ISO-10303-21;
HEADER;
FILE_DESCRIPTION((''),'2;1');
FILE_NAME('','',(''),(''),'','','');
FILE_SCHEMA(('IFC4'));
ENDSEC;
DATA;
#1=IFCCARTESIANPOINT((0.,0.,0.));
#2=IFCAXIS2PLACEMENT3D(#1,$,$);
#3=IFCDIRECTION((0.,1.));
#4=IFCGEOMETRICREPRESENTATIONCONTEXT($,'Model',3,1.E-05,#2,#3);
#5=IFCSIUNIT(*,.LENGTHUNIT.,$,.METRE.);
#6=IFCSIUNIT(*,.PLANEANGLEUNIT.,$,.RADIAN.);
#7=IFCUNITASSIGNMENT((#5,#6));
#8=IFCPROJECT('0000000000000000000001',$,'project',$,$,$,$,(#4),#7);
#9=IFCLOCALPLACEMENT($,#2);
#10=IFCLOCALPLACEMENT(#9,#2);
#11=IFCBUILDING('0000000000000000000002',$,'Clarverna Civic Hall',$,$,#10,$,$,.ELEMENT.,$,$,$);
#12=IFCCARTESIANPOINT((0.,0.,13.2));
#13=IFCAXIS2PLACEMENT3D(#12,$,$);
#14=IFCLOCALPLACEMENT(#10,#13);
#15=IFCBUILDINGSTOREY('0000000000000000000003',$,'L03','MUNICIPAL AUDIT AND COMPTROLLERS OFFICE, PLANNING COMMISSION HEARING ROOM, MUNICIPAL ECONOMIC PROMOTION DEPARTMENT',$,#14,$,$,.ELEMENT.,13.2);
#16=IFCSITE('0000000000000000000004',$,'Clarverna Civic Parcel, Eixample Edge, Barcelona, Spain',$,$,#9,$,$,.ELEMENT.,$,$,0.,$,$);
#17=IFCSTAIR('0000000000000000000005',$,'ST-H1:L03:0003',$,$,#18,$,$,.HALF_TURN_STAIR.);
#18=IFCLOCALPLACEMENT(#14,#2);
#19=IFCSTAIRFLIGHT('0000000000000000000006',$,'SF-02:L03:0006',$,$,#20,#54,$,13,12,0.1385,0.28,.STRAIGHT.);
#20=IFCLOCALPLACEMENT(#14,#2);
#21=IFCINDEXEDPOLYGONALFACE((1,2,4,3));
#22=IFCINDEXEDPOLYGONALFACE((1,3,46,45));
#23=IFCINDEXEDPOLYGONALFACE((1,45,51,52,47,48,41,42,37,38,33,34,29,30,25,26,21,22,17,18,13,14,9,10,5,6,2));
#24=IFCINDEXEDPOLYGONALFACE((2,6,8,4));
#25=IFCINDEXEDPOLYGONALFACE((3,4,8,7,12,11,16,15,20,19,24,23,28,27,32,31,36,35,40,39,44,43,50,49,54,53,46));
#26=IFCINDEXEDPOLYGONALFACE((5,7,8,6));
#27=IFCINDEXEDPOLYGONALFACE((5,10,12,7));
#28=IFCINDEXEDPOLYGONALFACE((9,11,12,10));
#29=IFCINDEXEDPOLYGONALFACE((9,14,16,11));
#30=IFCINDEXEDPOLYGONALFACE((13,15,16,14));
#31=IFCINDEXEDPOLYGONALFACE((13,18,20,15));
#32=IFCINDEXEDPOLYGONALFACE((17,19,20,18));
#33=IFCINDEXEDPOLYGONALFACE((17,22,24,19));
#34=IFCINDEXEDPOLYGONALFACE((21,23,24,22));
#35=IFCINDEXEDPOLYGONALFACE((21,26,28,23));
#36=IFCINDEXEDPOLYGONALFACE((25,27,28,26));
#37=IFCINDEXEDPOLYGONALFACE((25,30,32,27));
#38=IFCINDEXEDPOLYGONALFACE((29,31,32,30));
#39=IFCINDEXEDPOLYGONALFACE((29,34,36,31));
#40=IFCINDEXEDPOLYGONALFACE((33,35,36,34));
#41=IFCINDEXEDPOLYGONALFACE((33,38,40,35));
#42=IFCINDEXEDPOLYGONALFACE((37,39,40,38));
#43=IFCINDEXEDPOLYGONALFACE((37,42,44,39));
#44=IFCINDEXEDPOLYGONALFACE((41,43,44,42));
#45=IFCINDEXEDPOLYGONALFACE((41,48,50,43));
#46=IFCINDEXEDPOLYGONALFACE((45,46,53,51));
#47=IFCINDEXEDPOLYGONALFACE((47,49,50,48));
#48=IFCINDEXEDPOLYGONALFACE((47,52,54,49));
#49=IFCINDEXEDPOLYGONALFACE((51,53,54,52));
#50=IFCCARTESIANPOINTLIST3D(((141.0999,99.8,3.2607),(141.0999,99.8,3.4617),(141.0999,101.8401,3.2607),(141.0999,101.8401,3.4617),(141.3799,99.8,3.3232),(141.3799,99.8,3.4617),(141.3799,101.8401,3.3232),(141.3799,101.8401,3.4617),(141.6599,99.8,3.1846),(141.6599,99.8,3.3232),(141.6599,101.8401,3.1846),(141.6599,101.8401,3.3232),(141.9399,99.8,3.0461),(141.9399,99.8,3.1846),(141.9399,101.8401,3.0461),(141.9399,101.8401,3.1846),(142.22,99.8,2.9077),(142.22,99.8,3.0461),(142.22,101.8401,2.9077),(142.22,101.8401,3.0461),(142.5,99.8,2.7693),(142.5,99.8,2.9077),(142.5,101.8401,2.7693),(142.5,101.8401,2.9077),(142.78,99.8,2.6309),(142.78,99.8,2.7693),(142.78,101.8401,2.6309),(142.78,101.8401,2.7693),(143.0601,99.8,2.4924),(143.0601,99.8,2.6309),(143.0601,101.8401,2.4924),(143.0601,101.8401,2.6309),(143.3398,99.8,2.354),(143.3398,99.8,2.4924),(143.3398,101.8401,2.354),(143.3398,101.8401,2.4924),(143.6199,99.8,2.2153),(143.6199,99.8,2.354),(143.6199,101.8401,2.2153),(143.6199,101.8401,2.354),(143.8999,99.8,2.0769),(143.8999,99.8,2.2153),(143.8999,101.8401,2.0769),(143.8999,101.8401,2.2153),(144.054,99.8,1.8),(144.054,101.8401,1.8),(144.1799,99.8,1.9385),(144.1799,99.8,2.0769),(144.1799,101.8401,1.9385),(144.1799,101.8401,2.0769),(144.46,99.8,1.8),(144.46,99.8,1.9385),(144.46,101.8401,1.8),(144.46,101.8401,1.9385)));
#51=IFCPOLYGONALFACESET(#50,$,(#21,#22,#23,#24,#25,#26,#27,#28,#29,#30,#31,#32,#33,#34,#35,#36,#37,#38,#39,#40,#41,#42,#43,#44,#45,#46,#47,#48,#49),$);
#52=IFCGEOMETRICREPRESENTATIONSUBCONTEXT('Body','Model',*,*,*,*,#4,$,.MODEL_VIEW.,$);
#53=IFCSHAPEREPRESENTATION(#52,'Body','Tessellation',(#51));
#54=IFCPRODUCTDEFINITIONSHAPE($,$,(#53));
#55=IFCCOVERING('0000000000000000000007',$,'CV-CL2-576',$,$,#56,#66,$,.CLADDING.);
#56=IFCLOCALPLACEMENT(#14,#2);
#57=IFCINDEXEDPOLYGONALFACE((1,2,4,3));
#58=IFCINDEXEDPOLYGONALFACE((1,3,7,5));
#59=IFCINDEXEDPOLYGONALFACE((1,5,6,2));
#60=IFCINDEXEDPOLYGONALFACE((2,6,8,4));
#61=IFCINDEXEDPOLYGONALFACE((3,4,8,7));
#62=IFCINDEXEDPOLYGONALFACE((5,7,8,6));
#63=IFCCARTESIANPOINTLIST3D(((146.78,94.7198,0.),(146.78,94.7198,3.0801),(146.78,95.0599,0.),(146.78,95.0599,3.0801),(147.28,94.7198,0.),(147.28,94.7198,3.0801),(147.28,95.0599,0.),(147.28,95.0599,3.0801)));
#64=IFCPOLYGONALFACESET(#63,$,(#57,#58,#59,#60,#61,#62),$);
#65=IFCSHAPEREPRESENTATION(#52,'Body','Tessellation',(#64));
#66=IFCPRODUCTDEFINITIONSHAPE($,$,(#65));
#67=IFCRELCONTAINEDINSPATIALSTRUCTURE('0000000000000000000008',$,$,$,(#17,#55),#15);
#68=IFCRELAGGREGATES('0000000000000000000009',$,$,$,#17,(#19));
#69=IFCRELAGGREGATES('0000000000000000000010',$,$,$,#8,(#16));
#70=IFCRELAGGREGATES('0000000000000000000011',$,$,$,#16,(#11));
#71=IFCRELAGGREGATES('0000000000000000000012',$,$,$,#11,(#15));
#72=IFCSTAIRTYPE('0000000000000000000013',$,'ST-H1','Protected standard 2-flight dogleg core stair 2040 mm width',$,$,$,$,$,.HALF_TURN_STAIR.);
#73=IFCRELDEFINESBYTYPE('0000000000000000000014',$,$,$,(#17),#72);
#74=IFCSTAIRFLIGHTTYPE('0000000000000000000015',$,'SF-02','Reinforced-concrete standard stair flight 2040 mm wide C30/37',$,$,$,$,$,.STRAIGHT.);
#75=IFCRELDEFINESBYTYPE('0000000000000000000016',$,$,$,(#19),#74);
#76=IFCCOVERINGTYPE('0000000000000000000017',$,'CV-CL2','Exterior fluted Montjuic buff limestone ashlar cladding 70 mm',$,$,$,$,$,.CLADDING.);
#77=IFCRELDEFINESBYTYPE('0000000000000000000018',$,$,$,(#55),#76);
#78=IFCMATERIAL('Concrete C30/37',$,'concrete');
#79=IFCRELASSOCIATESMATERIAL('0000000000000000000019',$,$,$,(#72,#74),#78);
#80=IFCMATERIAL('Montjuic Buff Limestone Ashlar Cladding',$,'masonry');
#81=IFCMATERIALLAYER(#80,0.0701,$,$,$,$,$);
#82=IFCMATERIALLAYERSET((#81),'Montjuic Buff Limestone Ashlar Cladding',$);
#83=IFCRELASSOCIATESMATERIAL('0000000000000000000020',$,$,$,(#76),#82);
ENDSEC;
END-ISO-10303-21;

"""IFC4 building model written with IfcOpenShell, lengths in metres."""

from ifc_helpers import new_model, si_unit, direction, frame, frame_2d, origin, place, context, subcontext, project, spatial, polyline, rectangle, outline, extrude, material, layer, layer_set, type_object, element, aggregate, save


model = new_model("IFC4")

# Units and contexts
model_context = context("Model", 3, precision=1e-05, world=origin(), true_north=direction((0.0, 1.0)))
body_context = subcontext(model_context, "Body", "Model", "MODEL_VIEW")
ifc_project = project(units=[si_unit("LENGTHUNIT", "METRE"), si_unit("PLANEANGLEUNIT", "RADIAN")], contexts=[model_context])

# Site, building, storey
site_placement = place(None, origin())
site = spatial("IfcSite", under=ifc_project, at=site_placement, Name="Clarverna Civic Parcel, Eixample Edge, Barcelona, Spain", CompositionType="ELEMENT", RefElevation=0.0)
building_placement = place(site_placement, origin())
building = spatial("IfcBuilding", under=site, at=building_placement, Name="Clarverna Civic Hall", CompositionType="ELEMENT")
storey_placement = place(building_placement, frame((0.0, 0.0, 13.2)))
storey = spatial("IfcBuildingStorey", under=building, at=storey_placement, Name="L03", Description="MUNICIPAL AUDIT AND COMPTROLLERS OFFICE, PLANNING COMMISSION HEARING ROOM, MUNICIPAL ECONOMIC PROMOTION DEPARTMENT", CompositionType="ELEMENT", Elevation=13.2)

# Stair, stair flight
ifc_material_1 = material(Name="Concrete C30/37", Category="concrete")
stair_type = type_object("IfcStairType", Name="ST-H1", Description="Protected standard 2-flight dogleg core stair 2040 mm width", PredefinedType="HALF_TURN_STAIR", material=ifc_material_1)
stair_placement = place(storey_placement, origin())
stair = element("IfcStair", 1, at=stair_placement, inside=storey, type_object=stair_type, Name="ST-H1:L03:0003", PredefinedType="HALF_TURN_STAIR")
stair_flight_type = type_object("IfcStairFlightType", Name="SF-02", Description="Reinforced-concrete standard stair flight 2040 mm wide C30/37", PredefinedType="STRAIGHT", material=ifc_material_1)
stair_flight_placement = place(storey_placement, frame((144.46, 100.8201, 1.8), z_axis=(0.0, 0.0, 1.0), x_axis=(-1.0, 0.0, 0.0)))
stair_flight = element("IfcStairFlight", 2, at=stair_flight_placement, type_object=stair_flight_type, Name="SF-02:L03:0006", NumberOfRisers=13, NumberOfTreads=12, PredefinedType="STRAIGHT", RiserHeight=0.1385, TreadLength=0.28, context=body_context, shape_type="SweptSolid", body=[
    extrude(outline(polyline([(0.0, 0.0), (0.0, 0.1384), (0.28, 0.1384), (0.28, 0.2769), (0.5601, 0.2769), (0.5601, 0.4153), (0.8401, 0.4153), (0.8401, 0.554), (1.1201, 0.554), (1.1201, 0.6924), (1.3999, 0.6924), (1.3999, 0.8308), (1.6799, 0.8308), (1.6799, 0.9692), (1.96, 0.9692), (1.96, 1.1077), (2.24, 1.1077), (2.24, 1.2461), (2.52, 1.2461), (2.52, 1.3845), (2.8, 1.3845), (2.8, 1.5232), (3.0801, 1.5232), (3.0801, 1.6616), (3.3601, 1.6616), (3.3601, 1.8), (3.3601, 1.4607), (0.406, 0.0), (0.0, 0.0)])), frame((0.0, 1.02, 0.0), z_axis=(0.0, -1.0, 0.0), x_axis=(1.0, 0.0, 0.0)), (0.0, 0.0, 1.0), 2.04),
])
aggregate(stair, [stair_flight])

# Covering
ifc_material_2 = material(Name="Montjuic Buff Limestone Ashlar Cladding", Category="masonry")
ifc_layer_1 = layer(ifc_material_2, 0.0701)
ifc_layer_set_1 = layer_set([ifc_layer_1], Name="Montjuic Buff Limestone Ashlar Cladding")
covering_type = type_object("IfcCoveringType", Name="CV-CL2", Description="Exterior fluted Montjuic buff limestone ashlar cladding 70 mm", PredefinedType="CLADDING", material=ifc_layer_set_1)
covering_1_placement = place(storey_placement, frame((147.28, 94.8899, 0.0), z_axis=(0.0, 0.0, 1.0), x_axis=(-1.0, 0.0, 0.0)))
element("IfcCovering", 3, at=covering_1_placement, inside=storey, type_object=covering_type, Name="CV-CL2-576", PredefinedType="CLADDING", context=body_context, shape_type="SweptSolid", body=[
    extrude(rectangle(XDim=0.5, YDim=0.3401, at=frame_2d((0.25, 0.0))), origin(), (0.0, 0.0, 1.0), 3.0801),
])

save(model, "model.ifc")
